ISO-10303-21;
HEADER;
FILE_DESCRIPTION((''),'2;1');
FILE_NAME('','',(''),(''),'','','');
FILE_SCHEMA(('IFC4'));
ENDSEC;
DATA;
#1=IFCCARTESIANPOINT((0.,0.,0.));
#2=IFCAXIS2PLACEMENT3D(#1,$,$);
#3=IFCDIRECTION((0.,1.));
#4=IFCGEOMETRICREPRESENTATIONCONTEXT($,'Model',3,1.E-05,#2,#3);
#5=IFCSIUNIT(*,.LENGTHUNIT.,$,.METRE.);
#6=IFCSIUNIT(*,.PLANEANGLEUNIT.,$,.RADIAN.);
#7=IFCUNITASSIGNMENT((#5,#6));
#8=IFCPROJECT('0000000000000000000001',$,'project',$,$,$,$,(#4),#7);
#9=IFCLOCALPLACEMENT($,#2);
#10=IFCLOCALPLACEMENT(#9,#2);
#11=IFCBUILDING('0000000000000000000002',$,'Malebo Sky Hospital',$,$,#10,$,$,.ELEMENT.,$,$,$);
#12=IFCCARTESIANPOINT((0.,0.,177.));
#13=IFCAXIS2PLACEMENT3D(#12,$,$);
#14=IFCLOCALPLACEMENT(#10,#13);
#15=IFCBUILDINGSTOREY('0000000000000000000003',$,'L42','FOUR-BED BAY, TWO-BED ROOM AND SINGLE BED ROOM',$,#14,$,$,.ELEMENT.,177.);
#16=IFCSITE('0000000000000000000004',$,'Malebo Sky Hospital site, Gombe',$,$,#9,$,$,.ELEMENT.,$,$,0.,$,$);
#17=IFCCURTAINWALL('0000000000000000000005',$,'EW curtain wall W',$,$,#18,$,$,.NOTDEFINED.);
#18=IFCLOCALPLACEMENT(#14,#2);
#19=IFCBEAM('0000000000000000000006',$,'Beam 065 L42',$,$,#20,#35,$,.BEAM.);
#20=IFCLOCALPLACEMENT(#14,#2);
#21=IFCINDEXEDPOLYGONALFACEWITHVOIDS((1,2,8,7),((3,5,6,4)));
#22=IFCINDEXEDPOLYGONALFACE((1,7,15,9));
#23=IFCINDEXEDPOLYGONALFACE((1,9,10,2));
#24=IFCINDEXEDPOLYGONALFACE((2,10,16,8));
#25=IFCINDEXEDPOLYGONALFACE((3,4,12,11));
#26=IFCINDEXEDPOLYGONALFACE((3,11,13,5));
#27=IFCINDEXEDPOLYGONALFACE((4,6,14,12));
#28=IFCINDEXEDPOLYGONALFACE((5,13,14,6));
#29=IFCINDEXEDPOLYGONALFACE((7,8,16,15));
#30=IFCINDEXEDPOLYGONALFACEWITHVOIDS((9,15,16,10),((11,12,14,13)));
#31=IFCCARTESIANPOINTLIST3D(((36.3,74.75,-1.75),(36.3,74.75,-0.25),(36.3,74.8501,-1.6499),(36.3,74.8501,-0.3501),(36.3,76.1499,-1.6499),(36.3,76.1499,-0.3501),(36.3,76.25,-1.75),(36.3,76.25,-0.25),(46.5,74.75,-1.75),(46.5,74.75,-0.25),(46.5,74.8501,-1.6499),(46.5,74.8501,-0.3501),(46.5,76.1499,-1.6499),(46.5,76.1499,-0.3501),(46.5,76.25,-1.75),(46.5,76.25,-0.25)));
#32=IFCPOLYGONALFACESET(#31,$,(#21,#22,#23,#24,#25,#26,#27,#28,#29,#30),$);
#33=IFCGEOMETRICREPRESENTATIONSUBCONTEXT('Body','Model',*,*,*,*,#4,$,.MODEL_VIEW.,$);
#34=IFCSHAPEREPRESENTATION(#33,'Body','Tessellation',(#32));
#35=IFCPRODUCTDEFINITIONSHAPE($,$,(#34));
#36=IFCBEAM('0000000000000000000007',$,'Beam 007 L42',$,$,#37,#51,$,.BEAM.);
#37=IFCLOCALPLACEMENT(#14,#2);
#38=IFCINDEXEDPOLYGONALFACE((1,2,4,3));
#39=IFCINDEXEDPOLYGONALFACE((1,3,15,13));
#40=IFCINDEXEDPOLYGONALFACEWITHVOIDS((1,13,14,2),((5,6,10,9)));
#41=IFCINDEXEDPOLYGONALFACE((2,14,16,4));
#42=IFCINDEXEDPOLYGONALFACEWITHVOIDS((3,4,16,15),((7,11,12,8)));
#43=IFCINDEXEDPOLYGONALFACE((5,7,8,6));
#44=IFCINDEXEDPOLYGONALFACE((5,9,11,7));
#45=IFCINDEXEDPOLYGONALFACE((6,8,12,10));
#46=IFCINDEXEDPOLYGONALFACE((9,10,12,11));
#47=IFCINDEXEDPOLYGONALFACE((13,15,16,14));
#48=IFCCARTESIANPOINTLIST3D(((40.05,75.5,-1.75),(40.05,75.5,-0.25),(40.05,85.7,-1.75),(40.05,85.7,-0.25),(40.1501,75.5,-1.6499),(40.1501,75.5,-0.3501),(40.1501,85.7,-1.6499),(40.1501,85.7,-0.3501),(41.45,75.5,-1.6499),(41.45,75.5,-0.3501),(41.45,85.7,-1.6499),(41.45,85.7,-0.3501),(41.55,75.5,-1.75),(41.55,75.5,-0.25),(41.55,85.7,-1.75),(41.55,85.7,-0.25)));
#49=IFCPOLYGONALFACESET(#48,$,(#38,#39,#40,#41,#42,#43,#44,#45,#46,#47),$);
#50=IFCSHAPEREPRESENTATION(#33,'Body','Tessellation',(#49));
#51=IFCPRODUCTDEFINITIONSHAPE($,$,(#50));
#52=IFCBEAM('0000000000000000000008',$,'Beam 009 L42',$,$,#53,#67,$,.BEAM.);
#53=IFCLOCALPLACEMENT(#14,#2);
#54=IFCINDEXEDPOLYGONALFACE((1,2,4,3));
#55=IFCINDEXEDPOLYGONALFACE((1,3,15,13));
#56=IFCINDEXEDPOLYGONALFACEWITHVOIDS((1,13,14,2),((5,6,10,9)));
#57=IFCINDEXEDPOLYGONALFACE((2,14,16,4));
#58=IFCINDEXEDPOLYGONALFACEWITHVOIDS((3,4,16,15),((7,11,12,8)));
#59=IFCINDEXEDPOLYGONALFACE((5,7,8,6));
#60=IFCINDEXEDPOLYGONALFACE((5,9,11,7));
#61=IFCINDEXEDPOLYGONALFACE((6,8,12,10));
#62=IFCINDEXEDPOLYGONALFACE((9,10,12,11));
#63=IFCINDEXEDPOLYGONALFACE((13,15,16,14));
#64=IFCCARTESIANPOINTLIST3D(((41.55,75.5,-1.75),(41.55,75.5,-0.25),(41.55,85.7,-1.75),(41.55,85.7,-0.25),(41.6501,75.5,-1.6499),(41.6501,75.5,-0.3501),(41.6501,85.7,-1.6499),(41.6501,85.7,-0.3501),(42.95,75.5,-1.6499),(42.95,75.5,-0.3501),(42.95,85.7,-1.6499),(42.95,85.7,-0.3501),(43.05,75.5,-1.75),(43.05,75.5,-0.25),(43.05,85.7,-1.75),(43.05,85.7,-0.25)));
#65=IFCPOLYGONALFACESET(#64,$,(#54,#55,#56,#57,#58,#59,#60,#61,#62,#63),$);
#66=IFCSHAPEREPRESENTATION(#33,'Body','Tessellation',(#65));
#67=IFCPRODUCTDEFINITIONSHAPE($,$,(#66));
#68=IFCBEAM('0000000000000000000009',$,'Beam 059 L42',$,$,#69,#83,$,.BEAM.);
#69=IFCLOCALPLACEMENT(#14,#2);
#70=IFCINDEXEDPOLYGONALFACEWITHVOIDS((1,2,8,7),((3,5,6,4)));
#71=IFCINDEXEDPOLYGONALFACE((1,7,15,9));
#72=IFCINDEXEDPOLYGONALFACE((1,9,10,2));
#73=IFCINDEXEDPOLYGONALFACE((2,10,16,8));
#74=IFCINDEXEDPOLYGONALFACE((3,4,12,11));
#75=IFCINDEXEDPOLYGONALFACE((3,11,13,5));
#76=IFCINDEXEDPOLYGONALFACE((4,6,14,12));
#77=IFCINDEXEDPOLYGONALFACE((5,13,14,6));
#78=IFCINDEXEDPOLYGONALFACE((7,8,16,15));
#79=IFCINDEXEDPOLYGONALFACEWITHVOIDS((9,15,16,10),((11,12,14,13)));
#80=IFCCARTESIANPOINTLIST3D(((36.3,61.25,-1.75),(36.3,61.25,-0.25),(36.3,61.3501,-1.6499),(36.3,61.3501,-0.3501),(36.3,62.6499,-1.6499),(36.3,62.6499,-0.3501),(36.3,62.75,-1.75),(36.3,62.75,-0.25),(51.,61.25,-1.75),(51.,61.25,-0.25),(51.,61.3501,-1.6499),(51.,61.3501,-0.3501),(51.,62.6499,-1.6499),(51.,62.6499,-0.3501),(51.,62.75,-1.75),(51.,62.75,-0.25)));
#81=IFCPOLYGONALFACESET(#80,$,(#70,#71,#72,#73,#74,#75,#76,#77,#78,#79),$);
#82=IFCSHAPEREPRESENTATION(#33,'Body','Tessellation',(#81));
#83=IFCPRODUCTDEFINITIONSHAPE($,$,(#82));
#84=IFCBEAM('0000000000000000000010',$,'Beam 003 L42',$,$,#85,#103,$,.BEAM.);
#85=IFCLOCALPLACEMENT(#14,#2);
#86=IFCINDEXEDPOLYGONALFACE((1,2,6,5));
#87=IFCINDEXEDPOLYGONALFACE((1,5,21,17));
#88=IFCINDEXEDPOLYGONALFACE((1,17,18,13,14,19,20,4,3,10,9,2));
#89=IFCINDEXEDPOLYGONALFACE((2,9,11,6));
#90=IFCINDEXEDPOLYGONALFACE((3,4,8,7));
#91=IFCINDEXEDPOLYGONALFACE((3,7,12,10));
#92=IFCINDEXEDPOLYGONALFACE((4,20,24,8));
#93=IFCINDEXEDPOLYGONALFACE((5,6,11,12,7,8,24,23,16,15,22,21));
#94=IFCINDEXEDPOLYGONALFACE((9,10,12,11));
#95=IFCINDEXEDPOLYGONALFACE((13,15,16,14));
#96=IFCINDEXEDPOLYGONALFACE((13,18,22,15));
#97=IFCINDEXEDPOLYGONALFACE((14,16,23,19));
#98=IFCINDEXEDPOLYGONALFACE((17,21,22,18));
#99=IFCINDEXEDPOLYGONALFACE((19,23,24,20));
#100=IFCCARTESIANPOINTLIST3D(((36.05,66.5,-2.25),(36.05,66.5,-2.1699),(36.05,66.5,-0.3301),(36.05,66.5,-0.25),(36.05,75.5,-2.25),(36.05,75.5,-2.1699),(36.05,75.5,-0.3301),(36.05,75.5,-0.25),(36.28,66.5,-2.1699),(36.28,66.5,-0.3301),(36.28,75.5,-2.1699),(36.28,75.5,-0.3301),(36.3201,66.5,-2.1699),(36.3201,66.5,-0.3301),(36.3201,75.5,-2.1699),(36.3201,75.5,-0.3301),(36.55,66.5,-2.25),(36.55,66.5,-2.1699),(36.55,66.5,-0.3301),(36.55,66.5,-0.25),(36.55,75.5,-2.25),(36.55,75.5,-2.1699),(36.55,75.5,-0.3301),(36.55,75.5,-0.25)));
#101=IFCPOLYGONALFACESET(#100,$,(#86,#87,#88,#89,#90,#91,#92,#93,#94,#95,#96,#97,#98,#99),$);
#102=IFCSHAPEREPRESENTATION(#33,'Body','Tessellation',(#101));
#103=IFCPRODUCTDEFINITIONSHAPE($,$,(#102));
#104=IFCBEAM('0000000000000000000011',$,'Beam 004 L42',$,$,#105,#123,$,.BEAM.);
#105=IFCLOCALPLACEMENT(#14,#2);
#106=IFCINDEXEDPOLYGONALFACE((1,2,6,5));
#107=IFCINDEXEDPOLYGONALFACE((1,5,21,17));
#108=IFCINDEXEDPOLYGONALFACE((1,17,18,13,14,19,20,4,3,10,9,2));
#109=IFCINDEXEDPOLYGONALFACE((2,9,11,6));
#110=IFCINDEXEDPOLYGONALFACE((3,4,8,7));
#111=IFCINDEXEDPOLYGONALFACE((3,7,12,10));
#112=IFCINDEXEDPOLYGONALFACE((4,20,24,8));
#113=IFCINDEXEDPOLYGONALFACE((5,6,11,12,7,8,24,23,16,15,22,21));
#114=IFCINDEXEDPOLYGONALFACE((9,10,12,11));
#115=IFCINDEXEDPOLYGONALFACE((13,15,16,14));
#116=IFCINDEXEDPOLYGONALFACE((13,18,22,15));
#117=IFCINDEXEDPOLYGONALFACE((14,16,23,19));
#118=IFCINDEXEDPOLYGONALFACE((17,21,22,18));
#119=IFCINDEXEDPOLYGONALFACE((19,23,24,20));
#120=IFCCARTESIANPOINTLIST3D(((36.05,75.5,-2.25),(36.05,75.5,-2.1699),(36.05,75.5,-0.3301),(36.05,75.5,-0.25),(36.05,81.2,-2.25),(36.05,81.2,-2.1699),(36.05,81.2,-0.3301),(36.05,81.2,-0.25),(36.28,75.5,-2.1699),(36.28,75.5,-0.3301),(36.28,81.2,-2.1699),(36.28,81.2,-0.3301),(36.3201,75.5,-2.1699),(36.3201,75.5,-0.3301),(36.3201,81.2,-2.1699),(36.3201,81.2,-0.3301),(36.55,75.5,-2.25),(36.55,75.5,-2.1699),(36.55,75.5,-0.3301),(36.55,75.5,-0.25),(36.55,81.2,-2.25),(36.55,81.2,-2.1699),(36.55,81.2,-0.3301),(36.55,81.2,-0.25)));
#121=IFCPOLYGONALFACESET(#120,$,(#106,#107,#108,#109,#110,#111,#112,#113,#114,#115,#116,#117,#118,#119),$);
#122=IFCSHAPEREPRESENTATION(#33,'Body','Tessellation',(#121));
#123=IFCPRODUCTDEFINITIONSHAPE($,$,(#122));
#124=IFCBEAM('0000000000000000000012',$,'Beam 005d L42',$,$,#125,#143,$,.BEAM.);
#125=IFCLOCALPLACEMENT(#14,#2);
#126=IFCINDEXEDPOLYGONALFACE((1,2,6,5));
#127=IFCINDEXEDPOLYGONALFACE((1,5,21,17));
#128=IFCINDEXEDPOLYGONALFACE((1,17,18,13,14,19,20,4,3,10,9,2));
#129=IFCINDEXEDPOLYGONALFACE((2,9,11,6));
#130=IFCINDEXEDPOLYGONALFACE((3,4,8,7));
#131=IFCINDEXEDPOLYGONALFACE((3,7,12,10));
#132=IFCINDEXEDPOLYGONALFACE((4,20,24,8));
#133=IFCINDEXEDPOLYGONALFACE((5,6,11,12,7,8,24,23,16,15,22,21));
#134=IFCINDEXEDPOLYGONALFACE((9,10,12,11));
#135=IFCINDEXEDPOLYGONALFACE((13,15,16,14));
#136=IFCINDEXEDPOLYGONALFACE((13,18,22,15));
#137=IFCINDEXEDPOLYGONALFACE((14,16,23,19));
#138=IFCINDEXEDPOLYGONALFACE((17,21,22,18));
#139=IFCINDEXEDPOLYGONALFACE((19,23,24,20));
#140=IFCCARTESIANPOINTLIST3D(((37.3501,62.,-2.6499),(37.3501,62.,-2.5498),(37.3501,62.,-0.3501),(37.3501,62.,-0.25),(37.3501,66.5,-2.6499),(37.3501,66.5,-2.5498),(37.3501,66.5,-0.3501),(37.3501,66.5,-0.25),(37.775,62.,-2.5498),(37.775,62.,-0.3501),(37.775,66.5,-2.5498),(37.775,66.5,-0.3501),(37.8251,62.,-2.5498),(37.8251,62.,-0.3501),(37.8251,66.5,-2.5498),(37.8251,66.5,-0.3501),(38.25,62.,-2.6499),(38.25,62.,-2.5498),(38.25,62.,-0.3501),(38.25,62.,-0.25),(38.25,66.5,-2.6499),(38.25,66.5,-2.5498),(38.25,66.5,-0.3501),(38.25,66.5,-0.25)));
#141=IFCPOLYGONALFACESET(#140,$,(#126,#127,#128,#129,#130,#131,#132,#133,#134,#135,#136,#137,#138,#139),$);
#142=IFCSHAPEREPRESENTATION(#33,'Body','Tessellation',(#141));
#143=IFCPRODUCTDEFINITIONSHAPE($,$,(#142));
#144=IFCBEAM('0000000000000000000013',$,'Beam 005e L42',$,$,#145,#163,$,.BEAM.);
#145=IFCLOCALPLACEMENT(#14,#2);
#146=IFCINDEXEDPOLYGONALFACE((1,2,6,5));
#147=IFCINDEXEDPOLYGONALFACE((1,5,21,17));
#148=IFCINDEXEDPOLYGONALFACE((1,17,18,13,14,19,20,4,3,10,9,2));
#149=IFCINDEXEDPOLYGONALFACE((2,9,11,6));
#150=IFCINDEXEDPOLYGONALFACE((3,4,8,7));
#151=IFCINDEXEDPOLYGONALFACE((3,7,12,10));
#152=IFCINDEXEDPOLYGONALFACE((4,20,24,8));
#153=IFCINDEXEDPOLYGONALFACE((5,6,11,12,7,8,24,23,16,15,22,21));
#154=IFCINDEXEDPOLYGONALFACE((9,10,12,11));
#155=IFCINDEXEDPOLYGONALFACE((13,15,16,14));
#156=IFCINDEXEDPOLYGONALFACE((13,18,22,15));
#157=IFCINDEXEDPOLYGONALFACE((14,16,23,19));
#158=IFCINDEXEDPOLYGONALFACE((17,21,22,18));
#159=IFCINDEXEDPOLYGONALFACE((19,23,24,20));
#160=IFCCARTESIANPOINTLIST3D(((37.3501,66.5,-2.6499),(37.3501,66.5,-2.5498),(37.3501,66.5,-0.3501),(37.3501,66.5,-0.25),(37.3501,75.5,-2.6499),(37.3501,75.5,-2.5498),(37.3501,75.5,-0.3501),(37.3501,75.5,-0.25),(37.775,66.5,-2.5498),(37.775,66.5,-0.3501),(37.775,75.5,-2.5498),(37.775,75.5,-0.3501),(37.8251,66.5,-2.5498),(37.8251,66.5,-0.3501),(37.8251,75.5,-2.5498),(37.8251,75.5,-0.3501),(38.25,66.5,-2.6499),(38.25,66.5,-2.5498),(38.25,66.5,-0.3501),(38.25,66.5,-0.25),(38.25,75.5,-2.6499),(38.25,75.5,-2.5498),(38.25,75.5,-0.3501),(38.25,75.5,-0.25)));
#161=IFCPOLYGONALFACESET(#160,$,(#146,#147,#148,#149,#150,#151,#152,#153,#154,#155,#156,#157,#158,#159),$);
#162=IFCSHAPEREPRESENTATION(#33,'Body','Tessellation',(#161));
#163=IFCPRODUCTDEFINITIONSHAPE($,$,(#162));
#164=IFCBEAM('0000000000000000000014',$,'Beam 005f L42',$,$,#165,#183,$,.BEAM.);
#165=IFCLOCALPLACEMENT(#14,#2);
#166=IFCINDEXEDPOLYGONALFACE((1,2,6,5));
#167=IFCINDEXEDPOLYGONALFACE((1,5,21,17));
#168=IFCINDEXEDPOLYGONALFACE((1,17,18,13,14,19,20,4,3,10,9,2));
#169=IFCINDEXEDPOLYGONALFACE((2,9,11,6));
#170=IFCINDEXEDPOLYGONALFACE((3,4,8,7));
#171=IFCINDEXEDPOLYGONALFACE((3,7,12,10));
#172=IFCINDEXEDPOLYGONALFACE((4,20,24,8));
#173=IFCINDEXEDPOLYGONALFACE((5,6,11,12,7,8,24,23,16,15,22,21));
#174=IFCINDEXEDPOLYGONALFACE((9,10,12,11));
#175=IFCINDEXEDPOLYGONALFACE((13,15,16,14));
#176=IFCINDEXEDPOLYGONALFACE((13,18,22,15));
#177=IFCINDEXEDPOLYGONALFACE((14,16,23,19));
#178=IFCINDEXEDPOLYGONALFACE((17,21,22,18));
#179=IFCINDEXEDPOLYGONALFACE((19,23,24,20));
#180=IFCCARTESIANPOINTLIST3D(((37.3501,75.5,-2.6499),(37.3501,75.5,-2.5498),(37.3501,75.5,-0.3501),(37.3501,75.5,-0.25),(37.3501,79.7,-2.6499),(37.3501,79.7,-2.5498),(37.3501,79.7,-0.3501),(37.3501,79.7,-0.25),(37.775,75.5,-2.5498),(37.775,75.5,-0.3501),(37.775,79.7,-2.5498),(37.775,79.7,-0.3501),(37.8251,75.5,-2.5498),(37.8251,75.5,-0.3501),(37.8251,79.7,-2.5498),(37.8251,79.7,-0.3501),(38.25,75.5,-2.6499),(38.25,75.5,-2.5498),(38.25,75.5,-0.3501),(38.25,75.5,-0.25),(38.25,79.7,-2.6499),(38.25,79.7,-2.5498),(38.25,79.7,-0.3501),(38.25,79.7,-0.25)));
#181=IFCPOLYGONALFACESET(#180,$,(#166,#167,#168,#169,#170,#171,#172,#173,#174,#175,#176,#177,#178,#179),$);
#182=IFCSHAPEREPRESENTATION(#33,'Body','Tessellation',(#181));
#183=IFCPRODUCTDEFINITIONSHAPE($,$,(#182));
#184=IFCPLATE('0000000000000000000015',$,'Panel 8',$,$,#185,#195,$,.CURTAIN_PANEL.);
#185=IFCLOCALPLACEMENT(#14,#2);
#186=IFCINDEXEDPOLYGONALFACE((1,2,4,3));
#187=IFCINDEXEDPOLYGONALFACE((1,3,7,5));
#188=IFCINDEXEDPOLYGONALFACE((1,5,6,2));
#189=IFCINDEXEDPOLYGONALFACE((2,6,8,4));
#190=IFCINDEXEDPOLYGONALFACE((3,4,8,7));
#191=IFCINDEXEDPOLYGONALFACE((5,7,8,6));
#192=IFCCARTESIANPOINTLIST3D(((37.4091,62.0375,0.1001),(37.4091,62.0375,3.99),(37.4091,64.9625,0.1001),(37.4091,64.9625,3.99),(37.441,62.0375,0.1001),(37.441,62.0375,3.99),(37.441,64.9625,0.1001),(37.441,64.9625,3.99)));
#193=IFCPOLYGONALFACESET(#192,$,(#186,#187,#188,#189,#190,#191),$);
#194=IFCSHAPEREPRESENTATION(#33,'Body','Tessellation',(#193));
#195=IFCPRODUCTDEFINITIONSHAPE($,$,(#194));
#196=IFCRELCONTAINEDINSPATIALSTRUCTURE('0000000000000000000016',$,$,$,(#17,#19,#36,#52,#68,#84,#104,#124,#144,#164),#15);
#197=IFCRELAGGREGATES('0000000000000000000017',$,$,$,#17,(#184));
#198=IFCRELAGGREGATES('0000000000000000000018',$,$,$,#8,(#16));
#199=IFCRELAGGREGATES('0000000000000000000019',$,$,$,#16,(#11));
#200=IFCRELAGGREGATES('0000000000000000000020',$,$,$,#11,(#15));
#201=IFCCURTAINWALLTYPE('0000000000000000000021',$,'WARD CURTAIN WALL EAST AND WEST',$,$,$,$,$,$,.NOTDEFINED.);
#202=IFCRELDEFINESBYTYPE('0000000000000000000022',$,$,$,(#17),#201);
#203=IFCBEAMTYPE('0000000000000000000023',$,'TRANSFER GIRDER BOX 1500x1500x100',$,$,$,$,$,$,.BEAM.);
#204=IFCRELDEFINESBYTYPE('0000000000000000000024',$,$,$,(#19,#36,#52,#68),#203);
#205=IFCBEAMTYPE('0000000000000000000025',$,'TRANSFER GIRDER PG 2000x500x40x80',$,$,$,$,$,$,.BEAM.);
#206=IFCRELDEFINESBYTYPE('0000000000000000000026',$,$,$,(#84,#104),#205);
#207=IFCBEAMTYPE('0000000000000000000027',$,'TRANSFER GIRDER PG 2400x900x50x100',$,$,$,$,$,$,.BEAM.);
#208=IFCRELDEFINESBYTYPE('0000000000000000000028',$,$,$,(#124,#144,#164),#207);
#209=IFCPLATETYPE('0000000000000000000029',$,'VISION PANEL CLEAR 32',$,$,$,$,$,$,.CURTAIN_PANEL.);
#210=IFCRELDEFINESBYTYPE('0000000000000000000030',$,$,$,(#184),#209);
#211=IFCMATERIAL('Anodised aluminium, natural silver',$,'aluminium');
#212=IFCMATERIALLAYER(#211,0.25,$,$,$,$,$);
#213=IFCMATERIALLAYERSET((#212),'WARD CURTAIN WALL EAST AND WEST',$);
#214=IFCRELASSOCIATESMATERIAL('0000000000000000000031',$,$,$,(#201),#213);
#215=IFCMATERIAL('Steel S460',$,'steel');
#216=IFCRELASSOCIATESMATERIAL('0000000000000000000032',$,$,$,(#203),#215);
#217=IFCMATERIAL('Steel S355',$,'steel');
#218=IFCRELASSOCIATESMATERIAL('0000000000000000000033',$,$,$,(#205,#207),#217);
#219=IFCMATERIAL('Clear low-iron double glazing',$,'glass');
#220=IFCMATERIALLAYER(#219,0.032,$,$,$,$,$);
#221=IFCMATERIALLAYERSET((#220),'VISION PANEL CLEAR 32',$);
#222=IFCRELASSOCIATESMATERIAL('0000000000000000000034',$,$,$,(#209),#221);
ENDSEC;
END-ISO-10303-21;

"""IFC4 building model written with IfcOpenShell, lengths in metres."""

from ifc_helpers import new_model, si_unit, direction, frame, origin, origin_2d, place, context, subcontext, project, spatial, rectangle, hollow_rectangle, i_section, extrude, material, layer, layer_set, material_profile, profile_set, type_object, element, aggregate, save


model = new_model("IFC4")

# Units and contexts
model_context = context("Model", 3, precision=1e-05, world=origin(), true_north=direction((0.0, 1.0)))
body_context = subcontext(model_context, "Body", "Model", "MODEL_VIEW")
ifc_project = project(units=[si_unit("LENGTHUNIT", "METRE"), si_unit("PLANEANGLEUNIT", "RADIAN")], contexts=[model_context])

# Site, building, storey
site_placement = place(None, origin())
site = spatial("IfcSite", under=ifc_project, at=site_placement, Name="Malebo Sky Hospital site, Gombe", CompositionType="ELEMENT", RefElevation=0.0)
building_placement = place(site_placement, origin())
building = spatial("IfcBuilding", under=site, at=building_placement, Name="Malebo Sky Hospital", CompositionType="ELEMENT")
storey_placement = place(building_placement, frame((0.0, 0.0, 177.0)))
storey = spatial("IfcBuildingStorey", under=building, at=storey_placement, Name="L42", Description="FOUR-BED BAY, TWO-BED ROOM AND SINGLE BED ROOM", CompositionType="ELEMENT", Elevation=177.0)

# Shared definitions
ifc_material_1 = material(Name="Steel S460", Category="steel")

# Curtain wall
ifc_material_2 = material(Name="Anodised aluminium, natural silver", Category="aluminium")
ifc_layer_1 = layer(ifc_material_2, 0.25)
ifc_layer_set_1 = layer_set([ifc_layer_1], Name="WARD CURTAIN WALL EAST AND WEST")
curtain_wall_type = type_object("IfcCurtainWallType", Name="WARD CURTAIN WALL EAST AND WEST", PredefinedType="NOTDEFINED", material=ifc_layer_set_1)
curtain_wall_placement = place(storey_placement, origin())
curtain_wall = element("IfcCurtainWall", 1, at=curtain_wall_placement, inside=storey, type_object=curtain_wall_type, Name="EW curtain wall W", PredefinedType="NOTDEFINED")

# Beams
ifc_material_profile_1 = material_profile(ifc_material_1, hollow_rectangle(XDim=1.5, YDim=1.5, WallThickness=0.1001, at=origin_2d()), Name="BOX 1500x1500x100")
ifc_profile_set_1 = profile_set([ifc_material_profile_1], Name="Steel S460")
beam_type_1 = type_object("IfcBeamType", Name="TRANSFER GIRDER BOX 1500x1500x100", PredefinedType="BEAM", material=ifc_profile_set_1)
for number, where, z_axis, x_axis, name in (
    (2, (36.3, 75.5, -1.0), (1.0, 0.0, 0.0), (0.0, 1.0, 0.0), "Beam 065 L42"),
    (3, (40.8, 75.5, -1.0), (0.0, 1.0, 0.0), (-1.0, 0.0, 0.0), "Beam 007 L42"),
    (4, (42.3, 75.5, -1.0), (0.0, 1.0, 0.0), (-1.0, 0.0, 0.0), "Beam 009 L42"),
):
    element("IfcBeam", number, at=place(storey_placement, frame(where, z_axis=z_axis, x_axis=x_axis)), inside=storey, type_object=beam_type_1, Name=name, PredefinedType="BEAM", context=body_context, shape_type="SweptSolid", body=[
        extrude(hollow_rectangle(XDim=1.5, YDim=1.5, WallThickness=0.1001, at=origin_2d()), origin(), (0.0, 0.0, 1.0), 10.2),
    ])
beam_1_placement = place(storey_placement, frame((36.3, 62.0, -1.0), z_axis=(1.0, 0.0, 0.0), x_axis=(0.0, 1.0, 0.0)))
element("IfcBeam", 5, at=beam_1_placement, inside=storey, type_object=beam_type_1, Name="Beam 059 L42", PredefinedType="BEAM", context=body_context, shape_type="SweptSolid", body=[
    extrude(hollow_rectangle(XDim=1.5, YDim=1.5, WallThickness=0.1001, at=origin_2d()), origin(), (0.0, 0.0, 1.0), 14.7),
])
ifc_material_3 = material(Name="Steel S355", Category="steel")
ifc_material_profile_2 = material_profile(ifc_material_3, i_section(OverallWidth=0.5, OverallDepth=2.0, WebThickness=0.04, FlangeThickness=0.0801, at=origin_2d()), Name="PG 2000x500x40x80")
ifc_profile_set_2 = profile_set([ifc_material_profile_2], Name="Steel S355")
beam_type_2 = type_object("IfcBeamType", Name="TRANSFER GIRDER PG 2000x500x40x80", PredefinedType="BEAM", material=ifc_profile_set_2)
beam_2_placement = place(storey_placement, frame((36.3, 66.5, -1.25), z_axis=(0.0, 1.0, 0.0), x_axis=(-1.0, 0.0, 0.0)))
element("IfcBeam", 6, at=beam_2_placement, inside=storey, type_object=beam_type_2, Name="Beam 003 L42", PredefinedType="BEAM", context=body_context, shape_type="SweptSolid", body=[
    extrude(i_section(OverallWidth=0.5, OverallDepth=2.0, WebThickness=0.04, FlangeThickness=0.0801, at=origin_2d()), origin(), (0.0, 0.0, 1.0), 9.0),
])
beam_3_placement = place(storey_placement, frame((36.3, 75.5, -1.25), z_axis=(0.0, 1.0, 0.0), x_axis=(-1.0, 0.0, 0.0)))
element("IfcBeam", 7, at=beam_3_placement, inside=storey, type_object=beam_type_2, Name="Beam 004 L42", PredefinedType="BEAM", context=body_context, shape_type="SweptSolid", body=[
    extrude(i_section(OverallWidth=0.5, OverallDepth=2.0, WebThickness=0.04, FlangeThickness=0.0801, at=origin_2d()), origin(), (0.0, 0.0, 1.0), 5.7),
])
ifc_material_profile_3 = material_profile(ifc_material_3, i_section(OverallWidth=0.8999, OverallDepth=2.3999, WebThickness=0.05, FlangeThickness=0.1001, at=origin_2d()), Name="PG 2400x900x50x100")
ifc_profile_set_3 = profile_set([ifc_material_profile_3], Name="Steel S355")
beam_type_3 = type_object("IfcBeamType", Name="TRANSFER GIRDER PG 2400x900x50x100", PredefinedType="BEAM", material=ifc_profile_set_3)
beam_4_placement = place(storey_placement, frame((37.8, 62.0, -1.45), z_axis=(0.0, 1.0, 0.0), x_axis=(-1.0, 0.0, 0.0)))
element("IfcBeam", 8, at=beam_4_placement, inside=storey, type_object=beam_type_3, Name="Beam 005d L42", PredefinedType="BEAM", context=body_context, shape_type="SweptSolid", body=[
    extrude(i_section(OverallWidth=0.8999, OverallDepth=2.3999, WebThickness=0.05, FlangeThickness=0.1001, at=origin_2d()), origin(), (0.0, 0.0, 1.0), 4.5),
])
beam_5_placement = place(storey_placement, frame((37.8, 66.5, -1.45), z_axis=(0.0, 1.0, 0.0), x_axis=(-1.0, 0.0, 0.0)))
element("IfcBeam", 9, at=beam_5_placement, inside=storey, type_object=beam_type_3, Name="Beam 005e L42", PredefinedType="BEAM", context=body_context, shape_type="SweptSolid", body=[
    extrude(i_section(OverallWidth=0.8999, OverallDepth=2.3999, WebThickness=0.05, FlangeThickness=0.1001, at=origin_2d()), origin(), (0.0, 0.0, 1.0), 9.0),
])
beam_6_placement = place(storey_placement, frame((37.8, 75.5, -1.45), z_axis=(0.0, 1.0, 0.0), x_axis=(-1.0, 0.0, 0.0)))
element("IfcBeam", 10, at=beam_6_placement, inside=storey, type_object=beam_type_3, Name="Beam 005f L42", PredefinedType="BEAM", context=body_context, shape_type="SweptSolid", body=[
    extrude(i_section(OverallWidth=0.8999, OverallDepth=2.3999, WebThickness=0.05, FlangeThickness=0.1001, at=origin_2d()), origin(), (0.0, 0.0, 1.0), 4.2),
])

# Plate
ifc_material_4 = material(Name="Clear low-iron double glazing", Category="glass")
ifc_layer_2 = layer(ifc_material_4, 0.032)
ifc_layer_set_2 = layer_set([ifc_layer_2], Name="VISION PANEL CLEAR 32")
plate_type = type_object("IfcPlateType", Name="VISION PANEL CLEAR 32", PredefinedType="CURTAIN_PANEL", material=ifc_layer_set_2)
plate_1_placement = place(storey_placement, frame((37.425, 63.5, 0.1001), z_axis=(0.0, 0.0, 1.0), x_axis=(0.0, 1.0, 0.0)))
plate_1 = element("IfcPlate", 11, at=plate_1_placement, type_object=plate_type, Name="Panel 8", PredefinedType="CURTAIN_PANEL", context=body_context, shape_type="SweptSolid", body=[
    extrude(rectangle(XDim=2.925, YDim=0.032, at=origin_2d()), origin(), (0.0, 0.0, 1.0), 3.8899),
])
aggregate(curtain_wall, [plate_1])

save(model, "model.ifc")
